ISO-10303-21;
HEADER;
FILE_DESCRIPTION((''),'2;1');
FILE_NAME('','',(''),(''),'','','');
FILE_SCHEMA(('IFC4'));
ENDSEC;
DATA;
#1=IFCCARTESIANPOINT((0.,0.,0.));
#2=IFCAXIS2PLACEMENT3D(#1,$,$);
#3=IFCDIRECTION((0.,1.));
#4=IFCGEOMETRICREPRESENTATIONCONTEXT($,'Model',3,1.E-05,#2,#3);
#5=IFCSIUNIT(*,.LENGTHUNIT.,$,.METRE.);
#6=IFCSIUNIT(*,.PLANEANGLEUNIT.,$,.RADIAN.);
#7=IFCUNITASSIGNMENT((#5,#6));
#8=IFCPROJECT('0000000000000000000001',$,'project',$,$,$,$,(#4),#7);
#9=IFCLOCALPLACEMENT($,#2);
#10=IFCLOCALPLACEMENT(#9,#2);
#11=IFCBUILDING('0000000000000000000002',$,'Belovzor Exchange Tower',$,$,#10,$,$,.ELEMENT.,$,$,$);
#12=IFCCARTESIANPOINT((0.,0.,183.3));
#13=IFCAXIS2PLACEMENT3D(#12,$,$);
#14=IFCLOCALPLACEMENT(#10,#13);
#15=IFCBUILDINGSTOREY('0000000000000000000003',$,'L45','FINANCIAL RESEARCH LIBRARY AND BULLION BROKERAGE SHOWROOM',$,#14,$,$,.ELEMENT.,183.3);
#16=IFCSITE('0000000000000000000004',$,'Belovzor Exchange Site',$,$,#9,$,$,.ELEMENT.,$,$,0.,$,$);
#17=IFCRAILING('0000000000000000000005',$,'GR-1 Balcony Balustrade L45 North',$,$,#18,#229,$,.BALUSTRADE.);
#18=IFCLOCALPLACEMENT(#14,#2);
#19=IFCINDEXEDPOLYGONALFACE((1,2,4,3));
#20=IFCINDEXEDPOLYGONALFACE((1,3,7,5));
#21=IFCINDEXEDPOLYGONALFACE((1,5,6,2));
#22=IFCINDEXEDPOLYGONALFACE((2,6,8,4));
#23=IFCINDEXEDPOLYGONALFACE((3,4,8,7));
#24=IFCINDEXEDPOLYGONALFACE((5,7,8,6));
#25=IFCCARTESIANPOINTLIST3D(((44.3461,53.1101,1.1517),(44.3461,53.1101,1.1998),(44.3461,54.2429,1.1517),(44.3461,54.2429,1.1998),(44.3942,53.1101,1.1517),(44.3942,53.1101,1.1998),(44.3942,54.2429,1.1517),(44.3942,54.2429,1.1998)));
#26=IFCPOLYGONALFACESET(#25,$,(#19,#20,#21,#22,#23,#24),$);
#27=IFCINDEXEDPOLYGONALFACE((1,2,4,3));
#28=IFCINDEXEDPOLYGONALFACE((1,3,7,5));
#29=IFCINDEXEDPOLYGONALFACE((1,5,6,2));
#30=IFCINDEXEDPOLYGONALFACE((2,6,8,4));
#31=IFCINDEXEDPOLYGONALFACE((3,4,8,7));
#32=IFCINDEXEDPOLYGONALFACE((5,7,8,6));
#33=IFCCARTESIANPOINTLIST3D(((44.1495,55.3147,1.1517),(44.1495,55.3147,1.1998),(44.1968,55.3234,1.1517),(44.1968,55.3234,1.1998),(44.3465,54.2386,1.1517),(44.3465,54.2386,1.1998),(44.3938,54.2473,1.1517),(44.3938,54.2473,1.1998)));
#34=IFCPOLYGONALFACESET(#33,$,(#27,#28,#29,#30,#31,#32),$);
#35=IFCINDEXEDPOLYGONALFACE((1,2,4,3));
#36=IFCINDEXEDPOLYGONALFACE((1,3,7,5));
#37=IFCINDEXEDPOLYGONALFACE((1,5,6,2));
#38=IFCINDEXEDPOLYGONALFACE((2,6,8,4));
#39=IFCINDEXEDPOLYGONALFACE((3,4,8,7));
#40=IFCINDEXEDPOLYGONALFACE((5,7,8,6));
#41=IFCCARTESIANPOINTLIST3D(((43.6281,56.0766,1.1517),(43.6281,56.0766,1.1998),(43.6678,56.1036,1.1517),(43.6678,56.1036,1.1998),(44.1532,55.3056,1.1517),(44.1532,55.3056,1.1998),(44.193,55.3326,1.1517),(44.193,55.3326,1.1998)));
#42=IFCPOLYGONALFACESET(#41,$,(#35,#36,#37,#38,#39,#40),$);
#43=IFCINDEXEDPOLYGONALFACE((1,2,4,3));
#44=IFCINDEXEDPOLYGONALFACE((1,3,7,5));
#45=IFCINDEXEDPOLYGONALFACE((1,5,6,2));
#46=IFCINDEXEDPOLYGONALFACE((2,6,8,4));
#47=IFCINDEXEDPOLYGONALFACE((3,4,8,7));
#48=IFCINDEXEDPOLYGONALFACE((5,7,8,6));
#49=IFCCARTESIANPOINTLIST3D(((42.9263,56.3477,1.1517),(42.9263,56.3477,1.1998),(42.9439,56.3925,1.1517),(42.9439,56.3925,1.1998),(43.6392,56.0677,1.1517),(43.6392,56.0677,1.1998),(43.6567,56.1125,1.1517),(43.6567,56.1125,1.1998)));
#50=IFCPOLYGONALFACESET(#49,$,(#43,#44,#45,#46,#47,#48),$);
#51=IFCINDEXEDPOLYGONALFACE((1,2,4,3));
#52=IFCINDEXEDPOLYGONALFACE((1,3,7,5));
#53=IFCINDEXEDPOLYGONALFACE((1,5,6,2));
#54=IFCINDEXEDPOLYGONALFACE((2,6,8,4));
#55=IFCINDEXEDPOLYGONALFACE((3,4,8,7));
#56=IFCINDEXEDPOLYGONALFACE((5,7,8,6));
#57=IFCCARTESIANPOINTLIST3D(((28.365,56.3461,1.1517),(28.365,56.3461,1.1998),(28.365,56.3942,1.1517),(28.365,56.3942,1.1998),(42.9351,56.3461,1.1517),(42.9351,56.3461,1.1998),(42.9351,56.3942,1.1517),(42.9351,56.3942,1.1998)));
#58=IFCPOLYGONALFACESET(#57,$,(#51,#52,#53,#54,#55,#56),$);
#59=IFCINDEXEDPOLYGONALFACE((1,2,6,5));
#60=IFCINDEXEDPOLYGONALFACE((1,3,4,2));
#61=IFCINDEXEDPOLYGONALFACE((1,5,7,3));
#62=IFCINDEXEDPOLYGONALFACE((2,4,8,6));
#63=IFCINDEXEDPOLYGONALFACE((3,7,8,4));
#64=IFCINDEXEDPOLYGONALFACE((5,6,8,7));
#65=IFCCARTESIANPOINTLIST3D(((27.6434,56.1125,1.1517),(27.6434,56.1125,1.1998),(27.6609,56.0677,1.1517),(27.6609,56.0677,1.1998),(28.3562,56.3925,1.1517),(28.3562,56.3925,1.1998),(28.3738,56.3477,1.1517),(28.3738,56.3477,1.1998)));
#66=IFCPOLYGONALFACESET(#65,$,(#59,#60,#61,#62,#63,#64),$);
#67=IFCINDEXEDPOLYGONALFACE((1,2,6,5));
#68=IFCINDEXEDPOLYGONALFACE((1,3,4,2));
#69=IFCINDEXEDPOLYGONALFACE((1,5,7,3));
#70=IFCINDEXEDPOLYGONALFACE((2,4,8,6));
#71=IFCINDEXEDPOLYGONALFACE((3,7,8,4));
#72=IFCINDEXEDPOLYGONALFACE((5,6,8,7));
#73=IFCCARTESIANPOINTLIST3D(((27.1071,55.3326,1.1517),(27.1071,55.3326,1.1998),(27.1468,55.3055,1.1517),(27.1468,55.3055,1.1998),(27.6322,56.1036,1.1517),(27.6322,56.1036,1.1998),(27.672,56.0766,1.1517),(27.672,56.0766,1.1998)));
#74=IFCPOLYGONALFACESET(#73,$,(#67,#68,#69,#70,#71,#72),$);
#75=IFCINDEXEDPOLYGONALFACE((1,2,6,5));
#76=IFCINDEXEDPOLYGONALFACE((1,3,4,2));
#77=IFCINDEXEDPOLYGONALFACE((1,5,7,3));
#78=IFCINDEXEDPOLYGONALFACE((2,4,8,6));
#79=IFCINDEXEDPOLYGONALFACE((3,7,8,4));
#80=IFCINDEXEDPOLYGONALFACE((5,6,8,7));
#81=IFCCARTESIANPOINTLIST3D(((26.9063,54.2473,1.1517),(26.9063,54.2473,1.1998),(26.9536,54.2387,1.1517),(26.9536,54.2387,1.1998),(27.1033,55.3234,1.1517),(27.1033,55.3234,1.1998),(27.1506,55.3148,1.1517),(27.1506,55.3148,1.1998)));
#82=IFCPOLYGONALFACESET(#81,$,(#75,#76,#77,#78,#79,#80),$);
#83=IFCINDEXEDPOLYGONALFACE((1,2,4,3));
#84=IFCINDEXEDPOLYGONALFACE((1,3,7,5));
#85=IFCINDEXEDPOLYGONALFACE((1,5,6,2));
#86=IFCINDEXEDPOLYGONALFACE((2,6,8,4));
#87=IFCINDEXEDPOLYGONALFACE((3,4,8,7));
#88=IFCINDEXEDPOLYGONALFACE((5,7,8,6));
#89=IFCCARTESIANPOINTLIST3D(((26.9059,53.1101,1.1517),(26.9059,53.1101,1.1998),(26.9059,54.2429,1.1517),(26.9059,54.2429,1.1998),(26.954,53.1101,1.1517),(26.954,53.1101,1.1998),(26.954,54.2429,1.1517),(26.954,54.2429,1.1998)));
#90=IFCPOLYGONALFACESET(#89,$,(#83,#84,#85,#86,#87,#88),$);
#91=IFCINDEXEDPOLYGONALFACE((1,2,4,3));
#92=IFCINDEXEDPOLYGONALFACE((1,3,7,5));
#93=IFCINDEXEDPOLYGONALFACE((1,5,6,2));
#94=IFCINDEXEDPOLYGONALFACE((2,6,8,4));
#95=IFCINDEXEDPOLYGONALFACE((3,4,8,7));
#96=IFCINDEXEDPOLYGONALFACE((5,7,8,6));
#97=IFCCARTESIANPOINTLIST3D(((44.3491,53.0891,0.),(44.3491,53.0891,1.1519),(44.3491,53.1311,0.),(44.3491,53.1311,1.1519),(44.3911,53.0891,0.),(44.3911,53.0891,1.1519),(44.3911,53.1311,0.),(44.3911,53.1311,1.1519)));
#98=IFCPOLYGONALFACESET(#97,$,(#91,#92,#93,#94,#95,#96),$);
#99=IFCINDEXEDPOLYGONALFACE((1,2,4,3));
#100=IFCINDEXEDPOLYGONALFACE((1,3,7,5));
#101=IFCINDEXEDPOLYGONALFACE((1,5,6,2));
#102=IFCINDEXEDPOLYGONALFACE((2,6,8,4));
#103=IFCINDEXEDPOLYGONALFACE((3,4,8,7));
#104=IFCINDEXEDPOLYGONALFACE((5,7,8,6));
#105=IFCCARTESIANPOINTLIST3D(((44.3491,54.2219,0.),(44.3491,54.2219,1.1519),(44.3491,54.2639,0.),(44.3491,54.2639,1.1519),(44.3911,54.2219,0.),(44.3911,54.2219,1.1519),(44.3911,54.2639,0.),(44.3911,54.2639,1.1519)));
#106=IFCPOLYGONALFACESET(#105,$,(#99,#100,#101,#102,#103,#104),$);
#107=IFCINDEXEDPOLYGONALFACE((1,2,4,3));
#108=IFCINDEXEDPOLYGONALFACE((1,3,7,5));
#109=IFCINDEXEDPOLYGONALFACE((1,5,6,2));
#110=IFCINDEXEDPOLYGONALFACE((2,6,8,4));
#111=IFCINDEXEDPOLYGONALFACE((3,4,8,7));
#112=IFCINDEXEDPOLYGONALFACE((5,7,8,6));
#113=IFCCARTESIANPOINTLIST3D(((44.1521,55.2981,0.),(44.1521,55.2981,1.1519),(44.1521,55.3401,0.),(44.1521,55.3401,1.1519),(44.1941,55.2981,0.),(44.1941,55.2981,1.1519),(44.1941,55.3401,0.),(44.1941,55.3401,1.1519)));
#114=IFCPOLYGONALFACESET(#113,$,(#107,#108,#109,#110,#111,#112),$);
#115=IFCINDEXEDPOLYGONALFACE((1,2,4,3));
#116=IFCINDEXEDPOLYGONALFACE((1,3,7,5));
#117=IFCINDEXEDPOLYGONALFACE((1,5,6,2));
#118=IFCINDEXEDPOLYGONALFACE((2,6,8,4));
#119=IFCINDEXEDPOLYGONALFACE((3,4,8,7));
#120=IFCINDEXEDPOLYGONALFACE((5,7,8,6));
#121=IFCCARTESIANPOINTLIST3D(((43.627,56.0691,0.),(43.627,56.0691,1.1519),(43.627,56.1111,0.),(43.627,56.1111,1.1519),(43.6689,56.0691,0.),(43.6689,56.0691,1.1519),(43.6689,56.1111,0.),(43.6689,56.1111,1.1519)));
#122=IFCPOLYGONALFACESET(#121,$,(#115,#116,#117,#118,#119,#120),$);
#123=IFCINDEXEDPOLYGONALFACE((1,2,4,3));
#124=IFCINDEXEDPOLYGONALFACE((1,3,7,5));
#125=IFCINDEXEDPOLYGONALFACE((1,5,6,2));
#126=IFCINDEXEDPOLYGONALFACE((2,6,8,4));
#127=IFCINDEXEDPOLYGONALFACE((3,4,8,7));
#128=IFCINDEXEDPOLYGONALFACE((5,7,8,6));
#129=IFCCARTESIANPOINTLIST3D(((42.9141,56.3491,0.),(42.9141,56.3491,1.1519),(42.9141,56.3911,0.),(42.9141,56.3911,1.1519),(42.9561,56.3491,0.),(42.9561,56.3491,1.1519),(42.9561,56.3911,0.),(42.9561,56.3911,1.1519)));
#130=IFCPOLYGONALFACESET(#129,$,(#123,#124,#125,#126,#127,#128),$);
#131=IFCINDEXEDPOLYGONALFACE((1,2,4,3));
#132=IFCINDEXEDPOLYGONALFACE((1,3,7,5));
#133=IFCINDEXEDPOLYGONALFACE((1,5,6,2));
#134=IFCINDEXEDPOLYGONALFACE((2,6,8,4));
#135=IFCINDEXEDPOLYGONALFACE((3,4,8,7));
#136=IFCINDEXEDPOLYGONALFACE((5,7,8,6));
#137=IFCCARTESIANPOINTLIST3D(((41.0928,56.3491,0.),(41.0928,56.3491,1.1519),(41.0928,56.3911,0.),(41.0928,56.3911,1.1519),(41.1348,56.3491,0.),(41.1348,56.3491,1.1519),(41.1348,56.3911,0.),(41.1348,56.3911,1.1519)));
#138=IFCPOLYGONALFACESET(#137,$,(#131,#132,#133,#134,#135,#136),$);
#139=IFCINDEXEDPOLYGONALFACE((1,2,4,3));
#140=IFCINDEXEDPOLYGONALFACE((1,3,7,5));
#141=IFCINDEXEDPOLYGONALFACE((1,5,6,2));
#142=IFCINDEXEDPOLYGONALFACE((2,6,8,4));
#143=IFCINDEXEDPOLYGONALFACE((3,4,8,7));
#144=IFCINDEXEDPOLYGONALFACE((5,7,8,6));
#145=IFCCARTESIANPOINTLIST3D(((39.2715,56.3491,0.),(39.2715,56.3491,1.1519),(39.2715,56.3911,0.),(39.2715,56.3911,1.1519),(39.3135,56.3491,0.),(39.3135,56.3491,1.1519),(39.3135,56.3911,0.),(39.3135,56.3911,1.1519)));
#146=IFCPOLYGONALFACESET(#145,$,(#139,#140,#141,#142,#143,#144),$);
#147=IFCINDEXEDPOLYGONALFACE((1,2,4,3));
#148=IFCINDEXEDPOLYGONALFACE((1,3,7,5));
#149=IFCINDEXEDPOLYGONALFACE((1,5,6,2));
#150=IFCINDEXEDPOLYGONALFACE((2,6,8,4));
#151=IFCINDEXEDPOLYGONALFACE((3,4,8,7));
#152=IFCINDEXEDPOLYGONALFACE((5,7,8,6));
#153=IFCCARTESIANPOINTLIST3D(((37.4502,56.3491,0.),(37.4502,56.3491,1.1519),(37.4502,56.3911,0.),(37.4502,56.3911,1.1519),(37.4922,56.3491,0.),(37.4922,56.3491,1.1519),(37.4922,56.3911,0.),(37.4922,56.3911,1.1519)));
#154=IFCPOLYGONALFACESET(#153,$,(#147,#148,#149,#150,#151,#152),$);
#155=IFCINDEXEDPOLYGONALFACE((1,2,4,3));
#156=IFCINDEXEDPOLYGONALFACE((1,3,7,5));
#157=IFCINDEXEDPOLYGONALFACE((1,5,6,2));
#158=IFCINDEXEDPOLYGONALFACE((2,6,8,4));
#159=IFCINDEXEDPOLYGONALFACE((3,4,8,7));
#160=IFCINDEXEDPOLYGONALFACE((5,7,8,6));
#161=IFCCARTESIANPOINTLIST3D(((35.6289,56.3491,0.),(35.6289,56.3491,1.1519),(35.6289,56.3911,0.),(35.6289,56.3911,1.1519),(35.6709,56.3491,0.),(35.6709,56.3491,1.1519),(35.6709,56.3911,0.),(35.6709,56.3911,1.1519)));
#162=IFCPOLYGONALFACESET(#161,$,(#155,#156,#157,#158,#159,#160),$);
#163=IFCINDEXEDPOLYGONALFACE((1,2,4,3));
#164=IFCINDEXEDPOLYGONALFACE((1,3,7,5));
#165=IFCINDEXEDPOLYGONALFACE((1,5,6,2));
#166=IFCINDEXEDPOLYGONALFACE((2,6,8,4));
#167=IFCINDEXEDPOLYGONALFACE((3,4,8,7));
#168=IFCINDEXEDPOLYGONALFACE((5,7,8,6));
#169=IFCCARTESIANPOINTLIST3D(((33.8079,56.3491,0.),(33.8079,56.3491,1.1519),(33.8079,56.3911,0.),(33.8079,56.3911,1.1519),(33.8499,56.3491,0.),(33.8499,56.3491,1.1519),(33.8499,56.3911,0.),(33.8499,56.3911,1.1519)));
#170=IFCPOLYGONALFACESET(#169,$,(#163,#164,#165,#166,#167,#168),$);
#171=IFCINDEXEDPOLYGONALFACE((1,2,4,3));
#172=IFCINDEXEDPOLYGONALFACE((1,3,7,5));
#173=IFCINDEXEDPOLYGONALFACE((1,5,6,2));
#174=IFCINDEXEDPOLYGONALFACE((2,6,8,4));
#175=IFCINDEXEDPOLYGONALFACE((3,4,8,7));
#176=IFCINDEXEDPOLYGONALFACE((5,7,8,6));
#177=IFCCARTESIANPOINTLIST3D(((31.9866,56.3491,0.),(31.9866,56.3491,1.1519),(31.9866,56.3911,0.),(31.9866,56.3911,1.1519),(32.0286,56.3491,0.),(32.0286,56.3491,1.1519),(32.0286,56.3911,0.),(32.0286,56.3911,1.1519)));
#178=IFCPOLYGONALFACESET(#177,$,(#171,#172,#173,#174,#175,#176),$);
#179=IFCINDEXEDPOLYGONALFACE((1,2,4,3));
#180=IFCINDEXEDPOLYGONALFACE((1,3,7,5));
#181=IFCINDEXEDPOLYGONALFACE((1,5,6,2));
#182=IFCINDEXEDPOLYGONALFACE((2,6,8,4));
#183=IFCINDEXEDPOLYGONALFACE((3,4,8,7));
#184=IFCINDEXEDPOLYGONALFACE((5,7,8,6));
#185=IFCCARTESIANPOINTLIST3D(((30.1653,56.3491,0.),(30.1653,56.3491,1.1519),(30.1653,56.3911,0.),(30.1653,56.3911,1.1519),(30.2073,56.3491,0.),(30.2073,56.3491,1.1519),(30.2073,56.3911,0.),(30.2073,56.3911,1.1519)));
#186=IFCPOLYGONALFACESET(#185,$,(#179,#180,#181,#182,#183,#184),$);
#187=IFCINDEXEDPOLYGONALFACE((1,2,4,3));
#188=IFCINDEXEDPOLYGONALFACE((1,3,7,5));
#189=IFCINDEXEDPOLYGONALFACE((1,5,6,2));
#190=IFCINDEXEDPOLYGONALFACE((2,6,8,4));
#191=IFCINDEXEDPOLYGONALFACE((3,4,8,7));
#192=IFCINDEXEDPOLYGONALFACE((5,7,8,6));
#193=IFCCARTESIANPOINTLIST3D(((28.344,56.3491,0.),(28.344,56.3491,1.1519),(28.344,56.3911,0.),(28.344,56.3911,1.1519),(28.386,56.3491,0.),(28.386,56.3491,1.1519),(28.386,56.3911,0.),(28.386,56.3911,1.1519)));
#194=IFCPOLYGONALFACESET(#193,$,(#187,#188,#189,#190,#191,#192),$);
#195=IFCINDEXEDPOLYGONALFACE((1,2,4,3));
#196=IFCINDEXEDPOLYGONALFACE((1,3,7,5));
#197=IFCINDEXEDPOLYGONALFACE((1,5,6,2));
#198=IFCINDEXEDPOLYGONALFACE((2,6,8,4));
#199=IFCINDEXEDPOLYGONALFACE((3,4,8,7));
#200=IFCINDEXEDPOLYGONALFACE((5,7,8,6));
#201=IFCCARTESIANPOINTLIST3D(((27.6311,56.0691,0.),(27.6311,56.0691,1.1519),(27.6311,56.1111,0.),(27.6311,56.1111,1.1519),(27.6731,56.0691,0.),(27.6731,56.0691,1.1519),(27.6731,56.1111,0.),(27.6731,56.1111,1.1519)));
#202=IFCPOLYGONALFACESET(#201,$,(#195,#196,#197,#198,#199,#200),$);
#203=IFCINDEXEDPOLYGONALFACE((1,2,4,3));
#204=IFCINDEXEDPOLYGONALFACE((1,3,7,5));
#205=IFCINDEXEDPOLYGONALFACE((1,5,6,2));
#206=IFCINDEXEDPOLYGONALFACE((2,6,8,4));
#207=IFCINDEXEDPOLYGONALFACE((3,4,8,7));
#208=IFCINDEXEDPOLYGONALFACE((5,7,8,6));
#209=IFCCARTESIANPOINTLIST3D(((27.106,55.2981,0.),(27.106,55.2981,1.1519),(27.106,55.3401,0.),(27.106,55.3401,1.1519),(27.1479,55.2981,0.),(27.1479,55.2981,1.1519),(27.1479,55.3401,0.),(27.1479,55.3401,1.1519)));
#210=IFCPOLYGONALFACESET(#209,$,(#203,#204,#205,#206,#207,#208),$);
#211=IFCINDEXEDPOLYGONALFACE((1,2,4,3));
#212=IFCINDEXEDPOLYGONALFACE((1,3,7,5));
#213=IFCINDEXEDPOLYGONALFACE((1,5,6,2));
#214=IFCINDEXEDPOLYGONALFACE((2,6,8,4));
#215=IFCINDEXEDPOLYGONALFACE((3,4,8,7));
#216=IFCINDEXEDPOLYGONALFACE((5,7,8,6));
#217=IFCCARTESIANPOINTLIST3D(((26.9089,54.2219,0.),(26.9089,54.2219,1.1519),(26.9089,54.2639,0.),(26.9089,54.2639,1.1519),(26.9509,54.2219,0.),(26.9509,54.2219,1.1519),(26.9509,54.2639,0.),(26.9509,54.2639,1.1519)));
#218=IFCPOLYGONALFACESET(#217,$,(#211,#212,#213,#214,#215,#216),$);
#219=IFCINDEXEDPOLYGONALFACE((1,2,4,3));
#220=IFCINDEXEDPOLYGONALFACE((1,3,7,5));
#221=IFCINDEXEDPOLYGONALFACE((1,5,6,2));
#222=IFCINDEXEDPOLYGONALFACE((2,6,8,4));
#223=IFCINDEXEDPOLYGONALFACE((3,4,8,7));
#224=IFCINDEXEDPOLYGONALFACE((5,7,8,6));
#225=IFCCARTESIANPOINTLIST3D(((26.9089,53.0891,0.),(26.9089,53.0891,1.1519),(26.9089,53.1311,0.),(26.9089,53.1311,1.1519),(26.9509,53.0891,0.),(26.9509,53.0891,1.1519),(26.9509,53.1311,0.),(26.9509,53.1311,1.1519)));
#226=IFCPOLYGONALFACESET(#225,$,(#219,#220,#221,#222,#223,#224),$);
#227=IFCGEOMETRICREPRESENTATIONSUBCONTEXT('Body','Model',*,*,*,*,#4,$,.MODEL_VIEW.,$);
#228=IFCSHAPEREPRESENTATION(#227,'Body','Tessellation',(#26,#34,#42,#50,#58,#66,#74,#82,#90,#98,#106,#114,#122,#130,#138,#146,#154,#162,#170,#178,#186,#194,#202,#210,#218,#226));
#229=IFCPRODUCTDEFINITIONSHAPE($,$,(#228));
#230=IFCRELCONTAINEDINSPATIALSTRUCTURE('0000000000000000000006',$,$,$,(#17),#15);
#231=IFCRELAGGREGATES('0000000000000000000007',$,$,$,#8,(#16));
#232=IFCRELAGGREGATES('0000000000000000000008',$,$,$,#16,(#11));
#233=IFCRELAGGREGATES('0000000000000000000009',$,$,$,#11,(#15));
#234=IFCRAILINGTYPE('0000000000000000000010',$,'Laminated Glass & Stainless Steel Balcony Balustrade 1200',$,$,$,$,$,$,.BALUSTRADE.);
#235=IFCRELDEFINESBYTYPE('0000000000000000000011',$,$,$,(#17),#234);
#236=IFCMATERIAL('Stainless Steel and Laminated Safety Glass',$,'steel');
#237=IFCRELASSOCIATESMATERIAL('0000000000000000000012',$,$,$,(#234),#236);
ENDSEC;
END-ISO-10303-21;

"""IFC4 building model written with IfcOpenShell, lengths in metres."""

from ifc_helpers import new_model, si_unit, direction, frame, origin, origin_2d, place, context, subcontext, project, spatial, rectangle, extrude, material, type_object, element, save


model = new_model("IFC4")

# Units and contexts
model_context = context("Model", 3, precision=1e-05, world=origin(), true_north=direction((0.0, 1.0)))
body_context = subcontext(model_context, "Body", "Model", "MODEL_VIEW")
ifc_project = project(units=[si_unit("LENGTHUNIT", "METRE"), si_unit("PLANEANGLEUNIT", "RADIAN")], contexts=[model_context])

# Site, building, storey
site_placement = place(None, origin())
site = spatial("IfcSite", under=ifc_project, at=site_placement, Name="Belovzor Exchange Site", CompositionType="ELEMENT", RefElevation=0.0)
building_placement = place(site_placement, origin())
building = spatial("IfcBuilding", under=site, at=building_placement, Name="Belovzor Exchange Tower", CompositionType="ELEMENT")
storey_placement = place(building_placement, frame((0.0, 0.0, 183.3)))
storey = spatial("IfcBuildingStorey", under=building, at=storey_placement, Name="L45", Description="FINANCIAL RESEARCH LIBRARY AND BULLION BROKERAGE SHOWROOM", CompositionType="ELEMENT", Elevation=183.3)

# Railing
ifc_material_1 = material(Name="Stainless Steel and Laminated Safety Glass", Category="steel")
railing_type = type_object("IfcRailingType", Name="Laminated Glass & Stainless Steel Balcony Balustrade 1200", PredefinedType="BALUSTRADE", material=ifc_material_1)
railing_placement = place(storey_placement, frame((44.3701, 53.1101, 0.0)))
element("IfcRailing", 1, at=railing_placement, inside=storey, type_object=railing_type, Name="GR-1 Balcony Balustrade L45 North", PredefinedType="BALUSTRADE", context=body_context, shape_type="SweptSolid", body=[
    extrude(rectangle(XDim=0.0481, YDim=0.0481, at=origin_2d()), frame((0.0, 0.0, 1.1758), z_axis=(0.0, 1.0, 0.0), x_axis=(-1.0, 0.0, 0.0)), (0.0, 0.0, 1.0), 1.1328),
    extrude(rectangle(XDim=0.0481, YDim=0.0481, at=origin_2d()), frame((0.0, 1.1328, 1.1758), z_axis=(-0.180083, 0.983651, 0.0), x_axis=(-0.983651, -0.180083, 0.0)), (0.0, 0.0, 1.0), 1.094),
    extrude(rectangle(XDim=0.0481, YDim=0.0481, at=origin_2d()), frame((-0.197, 2.209, 1.1758), z_axis=(-0.562947, 0.826493, 0.0), x_axis=(-0.826493, -0.562947, 0.0)), (0.0, 0.0, 1.0), 0.9329),
    extrude(rectangle(XDim=0.0481, YDim=0.0481, at=origin_2d()), frame((-0.7222, 2.98, 1.1758), z_axis=(-0.930767, 0.365613, 0.0), x_axis=(-0.365613, -0.930767, 0.0)), (0.0, 0.0, 1.0), 0.7659),
    extrude(rectangle(XDim=0.0481, YDim=0.0481, at=origin_2d()), frame((-1.4351, 3.26, 1.1758), z_axis=(-1.0, 0.0, 0.0), x_axis=(0.0, -1.0, 0.0)), (0.0, 0.0, 1.0), 14.5701),
    extrude(rectangle(XDim=0.0481, YDim=0.0481, at=origin_2d()), frame((-16.0051, 3.26, 1.1758), z_axis=(-0.930767, -0.365613, 0.0), x_axis=(0.365613, -0.930767, 0.0)), (0.0, 0.0, 1.0), 0.7659),
    extrude(rectangle(XDim=0.0481, YDim=0.0481, at=origin_2d()), frame((-16.718, 2.98, 1.1758), z_axis=(-0.562947, -0.826493, 0.0), x_axis=(0.826493, -0.562947, 0.0)), (0.0, 0.0, 1.0), 0.9329),
    extrude(rectangle(XDim=0.0481, YDim=0.0481, at=origin_2d()), frame((-17.2432, 2.209, 1.1758), z_axis=(-0.180083, -0.983651, 0.0), x_axis=(0.983651, -0.180083, 0.0)), (0.0, 0.0, 1.0), 1.094),
    extrude(rectangle(XDim=0.0481, YDim=0.0481, at=origin_2d()), frame((-17.4402, 1.1328, 1.1758), z_axis=(0.0, -1.0, 0.0), x_axis=(1.0, 0.0, 0.0)), (0.0, 0.0, 1.0), 1.1328),
    extrude(rectangle(XDim=0.042, YDim=0.042, at=origin_2d()), origin(), (0.0, 0.0, 1.0), 1.1519),
    extrude(rectangle(XDim=0.042, YDim=0.042, at=origin_2d()), frame((0.0, 1.1328, 0.0)), (0.0, 0.0, 1.0), 1.1519),
    extrude(rectangle(XDim=0.042, YDim=0.042, at=origin_2d()), frame((-0.197, 2.209, 0.0)), (0.0, 0.0, 1.0), 1.1519),
    extrude(rectangle(XDim=0.042, YDim=0.042, at=origin_2d()), frame((-0.7222, 2.98, 0.0)), (0.0, 0.0, 1.0), 1.1519),
    extrude(rectangle(XDim=0.042, YDim=0.042, at=origin_2d()), frame((-1.4351, 3.26, 0.0)), (0.0, 0.0, 1.0), 1.1519),
    extrude(rectangle(XDim=0.042, YDim=0.042, at=origin_2d()), frame((-3.2563, 3.26, 0.0)), (0.0, 0.0, 1.0), 1.1519),
    extrude(rectangle(XDim=0.042, YDim=0.042, at=origin_2d()), frame((-5.0776, 3.26, 0.0)), (0.0, 0.0, 1.0), 1.1519),
    extrude(rectangle(XDim=0.042, YDim=0.042, at=origin_2d()), frame((-6.8989, 3.26, 0.0)), (0.0, 0.0, 1.0), 1.1519),
    extrude(rectangle(XDim=0.042, YDim=0.042, at=origin_2d()), frame((-8.7202, 3.26, 0.0)), (0.0, 0.0, 1.0), 1.1519),
    extrude(rectangle(XDim=0.042, YDim=0.042, at=origin_2d()), frame((-10.5413, 3.26, 0.0)), (0.0, 0.0, 1.0), 1.1519),
    extrude(rectangle(XDim=0.042, YDim=0.042, at=origin_2d()), frame((-12.3625, 3.26, 0.0)), (0.0, 0.0, 1.0), 1.1519),
    extrude(rectangle(XDim=0.042, YDim=0.042, at=origin_2d()), frame((-14.1838, 3.26, 0.0)), (0.0, 0.0, 1.0), 1.1519),
    extrude(rectangle(XDim=0.042, YDim=0.042, at=origin_2d()), frame((-16.0051, 3.26, 0.0)), (0.0, 0.0, 1.0), 1.1519),
    extrude(rectangle(XDim=0.042, YDim=0.042, at=origin_2d()), frame((-16.718, 2.98, 0.0)), (0.0, 0.0, 1.0), 1.1519),
    extrude(rectangle(XDim=0.042, YDim=0.042, at=origin_2d()), frame((-17.2432, 2.209, 0.0)), (0.0, 0.0, 1.0), 1.1519),
    extrude(rectangle(XDim=0.042, YDim=0.042, at=origin_2d()), frame((-17.4402, 1.1328, 0.0)), (0.0, 0.0, 1.0), 1.1519),
    extrude(rectangle(XDim=0.042, YDim=0.042, at=origin_2d()), frame((-17.4402, 0.0, 0.0)), (0.0, 0.0, 1.0), 1.1519),
])

save(model, "model.ifc")
